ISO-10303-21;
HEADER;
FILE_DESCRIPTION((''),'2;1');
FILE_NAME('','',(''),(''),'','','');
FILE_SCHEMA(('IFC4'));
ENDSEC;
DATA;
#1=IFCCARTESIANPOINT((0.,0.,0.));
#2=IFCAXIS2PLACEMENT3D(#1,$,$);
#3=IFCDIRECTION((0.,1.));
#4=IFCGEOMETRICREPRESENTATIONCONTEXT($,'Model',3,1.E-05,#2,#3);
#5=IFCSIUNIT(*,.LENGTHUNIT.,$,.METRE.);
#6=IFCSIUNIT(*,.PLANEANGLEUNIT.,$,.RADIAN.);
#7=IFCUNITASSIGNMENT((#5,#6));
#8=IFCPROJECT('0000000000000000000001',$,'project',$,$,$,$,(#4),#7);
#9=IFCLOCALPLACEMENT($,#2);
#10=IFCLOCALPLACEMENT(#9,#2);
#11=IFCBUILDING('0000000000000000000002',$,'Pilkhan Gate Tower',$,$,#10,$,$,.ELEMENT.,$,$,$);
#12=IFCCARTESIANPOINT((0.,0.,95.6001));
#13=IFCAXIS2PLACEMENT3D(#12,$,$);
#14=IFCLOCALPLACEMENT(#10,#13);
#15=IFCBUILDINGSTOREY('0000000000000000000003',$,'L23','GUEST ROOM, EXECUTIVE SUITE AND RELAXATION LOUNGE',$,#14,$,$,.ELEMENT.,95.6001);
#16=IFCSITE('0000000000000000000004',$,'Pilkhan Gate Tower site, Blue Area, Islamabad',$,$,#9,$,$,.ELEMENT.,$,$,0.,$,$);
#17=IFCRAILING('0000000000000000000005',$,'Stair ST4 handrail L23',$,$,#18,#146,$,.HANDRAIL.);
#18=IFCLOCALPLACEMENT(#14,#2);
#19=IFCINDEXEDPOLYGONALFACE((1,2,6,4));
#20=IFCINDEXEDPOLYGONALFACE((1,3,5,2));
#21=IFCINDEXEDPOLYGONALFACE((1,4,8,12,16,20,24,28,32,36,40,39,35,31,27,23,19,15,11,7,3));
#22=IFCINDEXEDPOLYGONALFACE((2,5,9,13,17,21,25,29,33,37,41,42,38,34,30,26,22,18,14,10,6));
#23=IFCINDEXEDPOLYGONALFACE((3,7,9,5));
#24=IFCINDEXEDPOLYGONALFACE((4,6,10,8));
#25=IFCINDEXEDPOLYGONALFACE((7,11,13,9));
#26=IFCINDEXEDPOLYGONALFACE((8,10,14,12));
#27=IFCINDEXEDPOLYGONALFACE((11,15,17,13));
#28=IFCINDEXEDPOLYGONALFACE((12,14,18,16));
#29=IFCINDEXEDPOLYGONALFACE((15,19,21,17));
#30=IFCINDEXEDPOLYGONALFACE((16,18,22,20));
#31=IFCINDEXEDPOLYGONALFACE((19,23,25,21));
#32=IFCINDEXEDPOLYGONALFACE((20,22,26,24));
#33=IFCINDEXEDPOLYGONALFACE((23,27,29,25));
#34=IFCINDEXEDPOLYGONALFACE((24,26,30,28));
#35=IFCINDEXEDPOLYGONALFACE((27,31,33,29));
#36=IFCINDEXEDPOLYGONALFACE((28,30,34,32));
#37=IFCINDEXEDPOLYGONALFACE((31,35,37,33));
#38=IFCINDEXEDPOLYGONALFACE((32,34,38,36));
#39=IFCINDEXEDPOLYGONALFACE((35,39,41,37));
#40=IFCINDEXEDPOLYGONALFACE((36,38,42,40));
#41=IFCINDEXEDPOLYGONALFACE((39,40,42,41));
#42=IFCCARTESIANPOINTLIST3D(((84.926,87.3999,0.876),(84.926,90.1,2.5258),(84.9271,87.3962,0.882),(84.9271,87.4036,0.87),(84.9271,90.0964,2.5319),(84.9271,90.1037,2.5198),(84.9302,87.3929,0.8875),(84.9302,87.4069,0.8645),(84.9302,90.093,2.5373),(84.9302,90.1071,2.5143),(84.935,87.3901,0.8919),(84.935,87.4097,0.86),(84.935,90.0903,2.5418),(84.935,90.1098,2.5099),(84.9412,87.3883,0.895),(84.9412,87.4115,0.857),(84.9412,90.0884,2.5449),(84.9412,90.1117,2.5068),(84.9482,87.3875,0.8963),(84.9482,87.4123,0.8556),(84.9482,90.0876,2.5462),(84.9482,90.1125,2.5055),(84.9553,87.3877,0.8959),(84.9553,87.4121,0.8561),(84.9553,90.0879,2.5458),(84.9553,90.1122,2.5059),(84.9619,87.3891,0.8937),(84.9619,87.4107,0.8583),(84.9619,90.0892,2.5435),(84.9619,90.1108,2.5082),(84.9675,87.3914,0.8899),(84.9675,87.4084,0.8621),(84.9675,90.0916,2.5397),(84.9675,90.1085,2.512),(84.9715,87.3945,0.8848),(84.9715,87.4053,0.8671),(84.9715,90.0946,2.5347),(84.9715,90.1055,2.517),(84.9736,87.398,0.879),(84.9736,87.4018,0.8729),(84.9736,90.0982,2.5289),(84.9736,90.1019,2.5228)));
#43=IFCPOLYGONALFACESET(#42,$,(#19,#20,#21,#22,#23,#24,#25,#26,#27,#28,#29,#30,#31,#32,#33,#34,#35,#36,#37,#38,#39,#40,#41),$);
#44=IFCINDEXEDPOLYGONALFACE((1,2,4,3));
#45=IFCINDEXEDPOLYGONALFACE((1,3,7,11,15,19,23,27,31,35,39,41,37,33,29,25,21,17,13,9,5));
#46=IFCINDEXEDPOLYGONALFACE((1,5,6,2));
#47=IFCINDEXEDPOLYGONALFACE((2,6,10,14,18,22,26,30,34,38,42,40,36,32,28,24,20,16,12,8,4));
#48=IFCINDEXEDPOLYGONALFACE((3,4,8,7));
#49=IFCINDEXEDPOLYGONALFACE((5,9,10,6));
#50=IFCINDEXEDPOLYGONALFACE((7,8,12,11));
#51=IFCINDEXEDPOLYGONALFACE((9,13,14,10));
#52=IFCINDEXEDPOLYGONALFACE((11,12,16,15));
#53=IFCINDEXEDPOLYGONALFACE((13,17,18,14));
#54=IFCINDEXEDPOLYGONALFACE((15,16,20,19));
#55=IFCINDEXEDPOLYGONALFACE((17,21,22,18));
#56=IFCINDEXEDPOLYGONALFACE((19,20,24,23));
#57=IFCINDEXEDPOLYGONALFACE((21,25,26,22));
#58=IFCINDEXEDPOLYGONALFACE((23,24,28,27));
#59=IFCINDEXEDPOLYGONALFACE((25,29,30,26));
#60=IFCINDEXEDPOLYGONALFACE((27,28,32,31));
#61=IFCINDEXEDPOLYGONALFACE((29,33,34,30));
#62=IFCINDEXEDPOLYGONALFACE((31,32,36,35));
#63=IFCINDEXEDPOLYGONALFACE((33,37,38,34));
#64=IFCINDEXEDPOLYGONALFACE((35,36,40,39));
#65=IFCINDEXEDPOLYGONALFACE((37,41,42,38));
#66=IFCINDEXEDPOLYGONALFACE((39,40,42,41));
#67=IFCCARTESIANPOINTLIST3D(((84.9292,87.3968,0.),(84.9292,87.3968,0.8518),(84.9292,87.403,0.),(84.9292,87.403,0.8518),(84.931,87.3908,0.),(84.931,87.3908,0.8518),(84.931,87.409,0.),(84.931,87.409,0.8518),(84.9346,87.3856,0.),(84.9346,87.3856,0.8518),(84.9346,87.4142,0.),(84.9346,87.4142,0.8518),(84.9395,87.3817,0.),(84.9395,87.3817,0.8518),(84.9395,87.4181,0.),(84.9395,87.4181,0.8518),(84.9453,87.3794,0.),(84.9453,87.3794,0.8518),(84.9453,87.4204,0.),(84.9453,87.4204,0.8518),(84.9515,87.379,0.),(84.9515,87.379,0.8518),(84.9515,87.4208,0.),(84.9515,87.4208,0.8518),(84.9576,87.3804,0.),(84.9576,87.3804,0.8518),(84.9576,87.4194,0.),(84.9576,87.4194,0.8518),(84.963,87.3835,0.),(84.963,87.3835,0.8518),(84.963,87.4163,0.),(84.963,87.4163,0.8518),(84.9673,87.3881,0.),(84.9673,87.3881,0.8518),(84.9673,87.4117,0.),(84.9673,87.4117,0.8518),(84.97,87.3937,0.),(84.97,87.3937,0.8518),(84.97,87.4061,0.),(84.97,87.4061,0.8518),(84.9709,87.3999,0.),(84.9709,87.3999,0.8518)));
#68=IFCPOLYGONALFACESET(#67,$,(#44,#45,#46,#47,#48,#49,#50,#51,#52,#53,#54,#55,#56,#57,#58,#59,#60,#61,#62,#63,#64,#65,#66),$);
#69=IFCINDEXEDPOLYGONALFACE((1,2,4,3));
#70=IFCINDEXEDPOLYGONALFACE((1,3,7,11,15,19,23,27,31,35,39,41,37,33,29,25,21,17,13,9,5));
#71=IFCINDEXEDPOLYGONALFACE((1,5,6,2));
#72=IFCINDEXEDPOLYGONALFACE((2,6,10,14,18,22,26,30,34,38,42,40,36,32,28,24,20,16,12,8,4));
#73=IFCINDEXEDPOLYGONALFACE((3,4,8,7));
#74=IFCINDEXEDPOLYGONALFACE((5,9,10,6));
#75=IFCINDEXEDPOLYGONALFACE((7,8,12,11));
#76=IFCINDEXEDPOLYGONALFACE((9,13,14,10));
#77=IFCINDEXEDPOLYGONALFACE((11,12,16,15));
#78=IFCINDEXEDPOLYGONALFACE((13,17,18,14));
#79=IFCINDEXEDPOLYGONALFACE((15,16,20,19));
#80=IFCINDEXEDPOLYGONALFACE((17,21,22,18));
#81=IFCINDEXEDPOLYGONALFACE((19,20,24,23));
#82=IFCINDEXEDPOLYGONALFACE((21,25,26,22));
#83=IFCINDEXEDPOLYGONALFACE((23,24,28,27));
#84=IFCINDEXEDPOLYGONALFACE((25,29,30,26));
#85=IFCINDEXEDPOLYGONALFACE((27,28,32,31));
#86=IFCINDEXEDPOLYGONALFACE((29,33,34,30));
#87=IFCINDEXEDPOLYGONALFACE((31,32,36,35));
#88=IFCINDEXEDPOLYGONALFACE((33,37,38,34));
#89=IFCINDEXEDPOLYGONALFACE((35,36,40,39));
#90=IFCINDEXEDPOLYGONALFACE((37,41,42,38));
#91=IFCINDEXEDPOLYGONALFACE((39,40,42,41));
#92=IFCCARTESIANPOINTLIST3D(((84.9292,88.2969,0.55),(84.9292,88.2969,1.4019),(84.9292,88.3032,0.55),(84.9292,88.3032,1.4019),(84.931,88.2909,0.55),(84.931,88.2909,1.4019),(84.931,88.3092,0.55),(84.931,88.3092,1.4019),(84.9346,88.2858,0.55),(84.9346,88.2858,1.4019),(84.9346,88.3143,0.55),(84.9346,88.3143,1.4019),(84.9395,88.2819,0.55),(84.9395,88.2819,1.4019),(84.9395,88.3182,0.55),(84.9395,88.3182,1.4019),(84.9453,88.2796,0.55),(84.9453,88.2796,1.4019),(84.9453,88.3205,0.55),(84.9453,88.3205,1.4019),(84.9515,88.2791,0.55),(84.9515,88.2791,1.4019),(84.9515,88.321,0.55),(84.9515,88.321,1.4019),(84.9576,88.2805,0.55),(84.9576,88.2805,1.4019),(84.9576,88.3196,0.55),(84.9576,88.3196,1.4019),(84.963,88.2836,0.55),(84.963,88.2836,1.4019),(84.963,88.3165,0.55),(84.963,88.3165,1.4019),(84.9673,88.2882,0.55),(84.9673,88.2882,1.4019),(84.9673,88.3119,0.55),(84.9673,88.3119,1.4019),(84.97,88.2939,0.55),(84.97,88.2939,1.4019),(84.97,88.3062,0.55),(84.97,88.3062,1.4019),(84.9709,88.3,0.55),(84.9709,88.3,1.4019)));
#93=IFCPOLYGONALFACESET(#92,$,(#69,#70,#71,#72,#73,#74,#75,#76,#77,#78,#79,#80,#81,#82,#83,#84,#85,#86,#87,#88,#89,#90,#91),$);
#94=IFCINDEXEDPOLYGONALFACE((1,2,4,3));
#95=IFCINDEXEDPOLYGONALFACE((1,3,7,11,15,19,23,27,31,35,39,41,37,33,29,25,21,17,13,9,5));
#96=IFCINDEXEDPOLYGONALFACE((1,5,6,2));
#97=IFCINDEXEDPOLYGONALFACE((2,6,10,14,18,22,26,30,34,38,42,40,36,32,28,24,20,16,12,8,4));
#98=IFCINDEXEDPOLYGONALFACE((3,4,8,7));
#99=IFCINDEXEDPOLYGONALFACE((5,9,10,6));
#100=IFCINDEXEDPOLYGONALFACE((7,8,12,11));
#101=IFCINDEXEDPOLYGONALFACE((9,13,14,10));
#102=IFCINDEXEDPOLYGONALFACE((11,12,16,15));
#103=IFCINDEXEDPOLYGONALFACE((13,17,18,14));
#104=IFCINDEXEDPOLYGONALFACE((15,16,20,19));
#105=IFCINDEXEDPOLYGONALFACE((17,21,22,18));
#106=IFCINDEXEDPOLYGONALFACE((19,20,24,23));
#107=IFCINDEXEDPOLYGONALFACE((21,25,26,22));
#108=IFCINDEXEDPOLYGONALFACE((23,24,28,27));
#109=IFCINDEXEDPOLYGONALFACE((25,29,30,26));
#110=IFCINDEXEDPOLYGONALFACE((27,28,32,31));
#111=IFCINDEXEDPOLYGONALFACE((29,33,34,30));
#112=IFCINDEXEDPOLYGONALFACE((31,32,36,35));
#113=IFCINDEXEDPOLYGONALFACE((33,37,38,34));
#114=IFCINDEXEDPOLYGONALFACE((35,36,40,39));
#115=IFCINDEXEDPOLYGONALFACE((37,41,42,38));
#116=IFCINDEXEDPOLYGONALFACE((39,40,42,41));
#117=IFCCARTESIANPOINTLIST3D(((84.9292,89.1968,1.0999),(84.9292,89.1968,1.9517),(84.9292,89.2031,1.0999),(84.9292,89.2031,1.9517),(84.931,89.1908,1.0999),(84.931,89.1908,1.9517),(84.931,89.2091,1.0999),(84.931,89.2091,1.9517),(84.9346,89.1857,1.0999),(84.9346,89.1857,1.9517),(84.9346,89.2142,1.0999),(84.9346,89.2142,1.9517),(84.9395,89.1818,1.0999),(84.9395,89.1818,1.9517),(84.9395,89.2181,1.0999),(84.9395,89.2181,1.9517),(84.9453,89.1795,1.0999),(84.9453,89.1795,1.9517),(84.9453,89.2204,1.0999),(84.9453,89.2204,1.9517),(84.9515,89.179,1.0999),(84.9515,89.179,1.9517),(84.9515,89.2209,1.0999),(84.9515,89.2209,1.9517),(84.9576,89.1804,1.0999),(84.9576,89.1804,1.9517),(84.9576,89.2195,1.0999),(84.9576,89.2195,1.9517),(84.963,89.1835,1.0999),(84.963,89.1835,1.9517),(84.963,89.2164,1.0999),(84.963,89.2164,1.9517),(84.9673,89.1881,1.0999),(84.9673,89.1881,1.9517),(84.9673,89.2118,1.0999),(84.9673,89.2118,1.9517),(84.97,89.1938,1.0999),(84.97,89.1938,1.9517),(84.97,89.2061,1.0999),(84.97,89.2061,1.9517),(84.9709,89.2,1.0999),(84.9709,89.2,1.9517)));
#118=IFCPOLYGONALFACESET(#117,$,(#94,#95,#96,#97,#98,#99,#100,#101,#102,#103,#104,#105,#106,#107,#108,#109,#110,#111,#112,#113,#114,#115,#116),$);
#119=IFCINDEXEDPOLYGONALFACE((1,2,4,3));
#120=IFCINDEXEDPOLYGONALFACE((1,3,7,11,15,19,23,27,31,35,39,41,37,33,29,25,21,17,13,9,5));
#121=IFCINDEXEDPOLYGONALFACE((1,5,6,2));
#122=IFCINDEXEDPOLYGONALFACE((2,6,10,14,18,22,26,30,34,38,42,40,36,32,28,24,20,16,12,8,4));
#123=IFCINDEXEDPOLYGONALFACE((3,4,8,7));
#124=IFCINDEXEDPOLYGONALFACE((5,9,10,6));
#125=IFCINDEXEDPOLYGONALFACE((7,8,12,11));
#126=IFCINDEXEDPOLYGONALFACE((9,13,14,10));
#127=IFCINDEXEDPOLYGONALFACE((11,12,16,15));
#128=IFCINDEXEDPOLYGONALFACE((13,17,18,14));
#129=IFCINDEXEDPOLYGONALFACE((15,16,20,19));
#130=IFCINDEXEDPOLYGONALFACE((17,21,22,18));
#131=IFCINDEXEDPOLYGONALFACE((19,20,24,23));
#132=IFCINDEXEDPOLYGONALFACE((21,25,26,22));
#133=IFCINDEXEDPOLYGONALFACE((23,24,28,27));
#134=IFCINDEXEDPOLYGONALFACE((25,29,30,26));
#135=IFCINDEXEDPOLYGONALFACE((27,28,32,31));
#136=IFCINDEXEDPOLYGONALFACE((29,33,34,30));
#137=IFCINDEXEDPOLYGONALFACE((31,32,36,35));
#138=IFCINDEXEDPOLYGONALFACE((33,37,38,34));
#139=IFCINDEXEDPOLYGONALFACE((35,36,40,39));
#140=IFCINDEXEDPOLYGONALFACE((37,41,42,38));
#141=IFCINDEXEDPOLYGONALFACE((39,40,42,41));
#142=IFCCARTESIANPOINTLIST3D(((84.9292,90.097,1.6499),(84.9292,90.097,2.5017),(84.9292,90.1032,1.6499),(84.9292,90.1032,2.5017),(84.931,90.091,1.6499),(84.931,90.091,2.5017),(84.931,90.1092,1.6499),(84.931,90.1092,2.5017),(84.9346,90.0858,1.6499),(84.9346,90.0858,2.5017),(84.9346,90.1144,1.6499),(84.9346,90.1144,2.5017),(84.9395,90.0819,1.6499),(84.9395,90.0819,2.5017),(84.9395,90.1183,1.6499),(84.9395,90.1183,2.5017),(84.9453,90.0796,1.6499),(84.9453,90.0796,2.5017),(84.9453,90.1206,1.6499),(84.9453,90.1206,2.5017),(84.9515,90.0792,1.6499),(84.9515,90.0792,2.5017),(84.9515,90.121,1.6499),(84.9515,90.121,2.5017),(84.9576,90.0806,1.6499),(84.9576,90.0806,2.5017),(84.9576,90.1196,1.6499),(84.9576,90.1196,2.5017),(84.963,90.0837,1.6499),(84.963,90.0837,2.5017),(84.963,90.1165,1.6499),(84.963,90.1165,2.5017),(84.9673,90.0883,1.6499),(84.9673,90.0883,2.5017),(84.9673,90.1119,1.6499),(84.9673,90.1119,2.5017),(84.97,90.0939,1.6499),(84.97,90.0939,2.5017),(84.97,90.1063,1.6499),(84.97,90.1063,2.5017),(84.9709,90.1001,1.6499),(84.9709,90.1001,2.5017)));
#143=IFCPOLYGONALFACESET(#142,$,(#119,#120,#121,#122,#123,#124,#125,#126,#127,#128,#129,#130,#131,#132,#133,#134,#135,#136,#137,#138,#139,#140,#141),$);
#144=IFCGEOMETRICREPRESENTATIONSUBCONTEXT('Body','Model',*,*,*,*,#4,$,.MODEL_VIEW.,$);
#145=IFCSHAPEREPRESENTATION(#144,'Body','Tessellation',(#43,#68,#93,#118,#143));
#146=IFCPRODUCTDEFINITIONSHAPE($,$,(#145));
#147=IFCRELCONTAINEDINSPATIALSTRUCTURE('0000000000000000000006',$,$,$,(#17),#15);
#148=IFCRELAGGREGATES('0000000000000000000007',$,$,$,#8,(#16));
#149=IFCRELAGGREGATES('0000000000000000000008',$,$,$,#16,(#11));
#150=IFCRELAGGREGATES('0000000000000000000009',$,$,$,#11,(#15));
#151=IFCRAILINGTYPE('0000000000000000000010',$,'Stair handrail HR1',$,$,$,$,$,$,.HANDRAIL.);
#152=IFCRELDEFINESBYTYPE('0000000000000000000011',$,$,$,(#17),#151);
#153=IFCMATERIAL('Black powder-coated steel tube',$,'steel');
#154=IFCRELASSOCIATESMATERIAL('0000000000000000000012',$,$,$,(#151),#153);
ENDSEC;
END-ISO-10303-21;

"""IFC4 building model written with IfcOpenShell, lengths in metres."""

from ifc_helpers import new_model, si_unit, direction, frame, origin, origin_2d, place, context, subcontext, project, spatial, circle, extrude, material, type_object, element, save


model = new_model("IFC4")

# Units and contexts
model_context = context("Model", 3, precision=1e-05, world=origin(), true_north=direction((0.0, 1.0)))
body_context = subcontext(model_context, "Body", "Model", "MODEL_VIEW")
ifc_project = project(units=[si_unit("LENGTHUNIT", "METRE"), si_unit("PLANEANGLEUNIT", "RADIAN")], contexts=[model_context])

# Site, building, storey
site_placement = place(None, origin())
site = spatial("IfcSite", under=ifc_project, at=site_placement, Name="Pilkhan Gate Tower site, Blue Area, Islamabad", CompositionType="ELEMENT", RefElevation=0.0)
building_placement = place(site_placement, origin())
building = spatial("IfcBuilding", under=site, at=building_placement, Name="Pilkhan Gate Tower", CompositionType="ELEMENT")
storey_placement = place(building_placement, frame((0.0, 0.0, 95.6001)))
storey = spatial("IfcBuildingStorey", under=building, at=storey_placement, Name="L23", Description="GUEST ROOM, EXECUTIVE SUITE AND RELAXATION LOUNGE", CompositionType="ELEMENT", Elevation=95.6001)

# Railing
ifc_material_1 = material(Name="Black powder-coated steel tube", Category="steel")
railing_type_1 = type_object("IfcRailingType", Name="Stair handrail HR1", PredefinedType="HANDRAIL", material=ifc_material_1)
railing_1_placement = place(storey_placement, frame((84.95, 87.3999, 0.0)))
element("IfcRailing", 1, at=railing_1_placement, inside=storey, type_object=railing_type_1, Name="Stair ST4 handrail L23", PredefinedType="HANDRAIL", context=body_context, shape_type="SweptSolid", body=[
    extrude(circle(Radius=0.0239, at=origin_2d()), frame((0.0, 0.0, 0.876), z_axis=(0.0, 0.853312, 0.5214), x_axis=(-1.0, 0.0, 0.0)), (0.0, 0.0, 1.0), 3.1643),
    extrude(circle(Radius=0.021, at=origin_2d()), origin(), (0.0, 0.0, 1.0), 0.8518),
    extrude(circle(Radius=0.021, at=origin_2d()), frame((0.0, 0.9001, 0.55)), (0.0, 0.0, 1.0), 0.8518),
    extrude(circle(Radius=0.021, at=origin_2d()), frame((0.0, 1.8, 1.0999)), (0.0, 0.0, 1.0), 0.8518),
    extrude(circle(Radius=0.021, at=origin_2d()), frame((0.0, 2.7002, 1.6499)), (0.0, 0.0, 1.0), 0.8518),
])

save(model, "model.ifc")
